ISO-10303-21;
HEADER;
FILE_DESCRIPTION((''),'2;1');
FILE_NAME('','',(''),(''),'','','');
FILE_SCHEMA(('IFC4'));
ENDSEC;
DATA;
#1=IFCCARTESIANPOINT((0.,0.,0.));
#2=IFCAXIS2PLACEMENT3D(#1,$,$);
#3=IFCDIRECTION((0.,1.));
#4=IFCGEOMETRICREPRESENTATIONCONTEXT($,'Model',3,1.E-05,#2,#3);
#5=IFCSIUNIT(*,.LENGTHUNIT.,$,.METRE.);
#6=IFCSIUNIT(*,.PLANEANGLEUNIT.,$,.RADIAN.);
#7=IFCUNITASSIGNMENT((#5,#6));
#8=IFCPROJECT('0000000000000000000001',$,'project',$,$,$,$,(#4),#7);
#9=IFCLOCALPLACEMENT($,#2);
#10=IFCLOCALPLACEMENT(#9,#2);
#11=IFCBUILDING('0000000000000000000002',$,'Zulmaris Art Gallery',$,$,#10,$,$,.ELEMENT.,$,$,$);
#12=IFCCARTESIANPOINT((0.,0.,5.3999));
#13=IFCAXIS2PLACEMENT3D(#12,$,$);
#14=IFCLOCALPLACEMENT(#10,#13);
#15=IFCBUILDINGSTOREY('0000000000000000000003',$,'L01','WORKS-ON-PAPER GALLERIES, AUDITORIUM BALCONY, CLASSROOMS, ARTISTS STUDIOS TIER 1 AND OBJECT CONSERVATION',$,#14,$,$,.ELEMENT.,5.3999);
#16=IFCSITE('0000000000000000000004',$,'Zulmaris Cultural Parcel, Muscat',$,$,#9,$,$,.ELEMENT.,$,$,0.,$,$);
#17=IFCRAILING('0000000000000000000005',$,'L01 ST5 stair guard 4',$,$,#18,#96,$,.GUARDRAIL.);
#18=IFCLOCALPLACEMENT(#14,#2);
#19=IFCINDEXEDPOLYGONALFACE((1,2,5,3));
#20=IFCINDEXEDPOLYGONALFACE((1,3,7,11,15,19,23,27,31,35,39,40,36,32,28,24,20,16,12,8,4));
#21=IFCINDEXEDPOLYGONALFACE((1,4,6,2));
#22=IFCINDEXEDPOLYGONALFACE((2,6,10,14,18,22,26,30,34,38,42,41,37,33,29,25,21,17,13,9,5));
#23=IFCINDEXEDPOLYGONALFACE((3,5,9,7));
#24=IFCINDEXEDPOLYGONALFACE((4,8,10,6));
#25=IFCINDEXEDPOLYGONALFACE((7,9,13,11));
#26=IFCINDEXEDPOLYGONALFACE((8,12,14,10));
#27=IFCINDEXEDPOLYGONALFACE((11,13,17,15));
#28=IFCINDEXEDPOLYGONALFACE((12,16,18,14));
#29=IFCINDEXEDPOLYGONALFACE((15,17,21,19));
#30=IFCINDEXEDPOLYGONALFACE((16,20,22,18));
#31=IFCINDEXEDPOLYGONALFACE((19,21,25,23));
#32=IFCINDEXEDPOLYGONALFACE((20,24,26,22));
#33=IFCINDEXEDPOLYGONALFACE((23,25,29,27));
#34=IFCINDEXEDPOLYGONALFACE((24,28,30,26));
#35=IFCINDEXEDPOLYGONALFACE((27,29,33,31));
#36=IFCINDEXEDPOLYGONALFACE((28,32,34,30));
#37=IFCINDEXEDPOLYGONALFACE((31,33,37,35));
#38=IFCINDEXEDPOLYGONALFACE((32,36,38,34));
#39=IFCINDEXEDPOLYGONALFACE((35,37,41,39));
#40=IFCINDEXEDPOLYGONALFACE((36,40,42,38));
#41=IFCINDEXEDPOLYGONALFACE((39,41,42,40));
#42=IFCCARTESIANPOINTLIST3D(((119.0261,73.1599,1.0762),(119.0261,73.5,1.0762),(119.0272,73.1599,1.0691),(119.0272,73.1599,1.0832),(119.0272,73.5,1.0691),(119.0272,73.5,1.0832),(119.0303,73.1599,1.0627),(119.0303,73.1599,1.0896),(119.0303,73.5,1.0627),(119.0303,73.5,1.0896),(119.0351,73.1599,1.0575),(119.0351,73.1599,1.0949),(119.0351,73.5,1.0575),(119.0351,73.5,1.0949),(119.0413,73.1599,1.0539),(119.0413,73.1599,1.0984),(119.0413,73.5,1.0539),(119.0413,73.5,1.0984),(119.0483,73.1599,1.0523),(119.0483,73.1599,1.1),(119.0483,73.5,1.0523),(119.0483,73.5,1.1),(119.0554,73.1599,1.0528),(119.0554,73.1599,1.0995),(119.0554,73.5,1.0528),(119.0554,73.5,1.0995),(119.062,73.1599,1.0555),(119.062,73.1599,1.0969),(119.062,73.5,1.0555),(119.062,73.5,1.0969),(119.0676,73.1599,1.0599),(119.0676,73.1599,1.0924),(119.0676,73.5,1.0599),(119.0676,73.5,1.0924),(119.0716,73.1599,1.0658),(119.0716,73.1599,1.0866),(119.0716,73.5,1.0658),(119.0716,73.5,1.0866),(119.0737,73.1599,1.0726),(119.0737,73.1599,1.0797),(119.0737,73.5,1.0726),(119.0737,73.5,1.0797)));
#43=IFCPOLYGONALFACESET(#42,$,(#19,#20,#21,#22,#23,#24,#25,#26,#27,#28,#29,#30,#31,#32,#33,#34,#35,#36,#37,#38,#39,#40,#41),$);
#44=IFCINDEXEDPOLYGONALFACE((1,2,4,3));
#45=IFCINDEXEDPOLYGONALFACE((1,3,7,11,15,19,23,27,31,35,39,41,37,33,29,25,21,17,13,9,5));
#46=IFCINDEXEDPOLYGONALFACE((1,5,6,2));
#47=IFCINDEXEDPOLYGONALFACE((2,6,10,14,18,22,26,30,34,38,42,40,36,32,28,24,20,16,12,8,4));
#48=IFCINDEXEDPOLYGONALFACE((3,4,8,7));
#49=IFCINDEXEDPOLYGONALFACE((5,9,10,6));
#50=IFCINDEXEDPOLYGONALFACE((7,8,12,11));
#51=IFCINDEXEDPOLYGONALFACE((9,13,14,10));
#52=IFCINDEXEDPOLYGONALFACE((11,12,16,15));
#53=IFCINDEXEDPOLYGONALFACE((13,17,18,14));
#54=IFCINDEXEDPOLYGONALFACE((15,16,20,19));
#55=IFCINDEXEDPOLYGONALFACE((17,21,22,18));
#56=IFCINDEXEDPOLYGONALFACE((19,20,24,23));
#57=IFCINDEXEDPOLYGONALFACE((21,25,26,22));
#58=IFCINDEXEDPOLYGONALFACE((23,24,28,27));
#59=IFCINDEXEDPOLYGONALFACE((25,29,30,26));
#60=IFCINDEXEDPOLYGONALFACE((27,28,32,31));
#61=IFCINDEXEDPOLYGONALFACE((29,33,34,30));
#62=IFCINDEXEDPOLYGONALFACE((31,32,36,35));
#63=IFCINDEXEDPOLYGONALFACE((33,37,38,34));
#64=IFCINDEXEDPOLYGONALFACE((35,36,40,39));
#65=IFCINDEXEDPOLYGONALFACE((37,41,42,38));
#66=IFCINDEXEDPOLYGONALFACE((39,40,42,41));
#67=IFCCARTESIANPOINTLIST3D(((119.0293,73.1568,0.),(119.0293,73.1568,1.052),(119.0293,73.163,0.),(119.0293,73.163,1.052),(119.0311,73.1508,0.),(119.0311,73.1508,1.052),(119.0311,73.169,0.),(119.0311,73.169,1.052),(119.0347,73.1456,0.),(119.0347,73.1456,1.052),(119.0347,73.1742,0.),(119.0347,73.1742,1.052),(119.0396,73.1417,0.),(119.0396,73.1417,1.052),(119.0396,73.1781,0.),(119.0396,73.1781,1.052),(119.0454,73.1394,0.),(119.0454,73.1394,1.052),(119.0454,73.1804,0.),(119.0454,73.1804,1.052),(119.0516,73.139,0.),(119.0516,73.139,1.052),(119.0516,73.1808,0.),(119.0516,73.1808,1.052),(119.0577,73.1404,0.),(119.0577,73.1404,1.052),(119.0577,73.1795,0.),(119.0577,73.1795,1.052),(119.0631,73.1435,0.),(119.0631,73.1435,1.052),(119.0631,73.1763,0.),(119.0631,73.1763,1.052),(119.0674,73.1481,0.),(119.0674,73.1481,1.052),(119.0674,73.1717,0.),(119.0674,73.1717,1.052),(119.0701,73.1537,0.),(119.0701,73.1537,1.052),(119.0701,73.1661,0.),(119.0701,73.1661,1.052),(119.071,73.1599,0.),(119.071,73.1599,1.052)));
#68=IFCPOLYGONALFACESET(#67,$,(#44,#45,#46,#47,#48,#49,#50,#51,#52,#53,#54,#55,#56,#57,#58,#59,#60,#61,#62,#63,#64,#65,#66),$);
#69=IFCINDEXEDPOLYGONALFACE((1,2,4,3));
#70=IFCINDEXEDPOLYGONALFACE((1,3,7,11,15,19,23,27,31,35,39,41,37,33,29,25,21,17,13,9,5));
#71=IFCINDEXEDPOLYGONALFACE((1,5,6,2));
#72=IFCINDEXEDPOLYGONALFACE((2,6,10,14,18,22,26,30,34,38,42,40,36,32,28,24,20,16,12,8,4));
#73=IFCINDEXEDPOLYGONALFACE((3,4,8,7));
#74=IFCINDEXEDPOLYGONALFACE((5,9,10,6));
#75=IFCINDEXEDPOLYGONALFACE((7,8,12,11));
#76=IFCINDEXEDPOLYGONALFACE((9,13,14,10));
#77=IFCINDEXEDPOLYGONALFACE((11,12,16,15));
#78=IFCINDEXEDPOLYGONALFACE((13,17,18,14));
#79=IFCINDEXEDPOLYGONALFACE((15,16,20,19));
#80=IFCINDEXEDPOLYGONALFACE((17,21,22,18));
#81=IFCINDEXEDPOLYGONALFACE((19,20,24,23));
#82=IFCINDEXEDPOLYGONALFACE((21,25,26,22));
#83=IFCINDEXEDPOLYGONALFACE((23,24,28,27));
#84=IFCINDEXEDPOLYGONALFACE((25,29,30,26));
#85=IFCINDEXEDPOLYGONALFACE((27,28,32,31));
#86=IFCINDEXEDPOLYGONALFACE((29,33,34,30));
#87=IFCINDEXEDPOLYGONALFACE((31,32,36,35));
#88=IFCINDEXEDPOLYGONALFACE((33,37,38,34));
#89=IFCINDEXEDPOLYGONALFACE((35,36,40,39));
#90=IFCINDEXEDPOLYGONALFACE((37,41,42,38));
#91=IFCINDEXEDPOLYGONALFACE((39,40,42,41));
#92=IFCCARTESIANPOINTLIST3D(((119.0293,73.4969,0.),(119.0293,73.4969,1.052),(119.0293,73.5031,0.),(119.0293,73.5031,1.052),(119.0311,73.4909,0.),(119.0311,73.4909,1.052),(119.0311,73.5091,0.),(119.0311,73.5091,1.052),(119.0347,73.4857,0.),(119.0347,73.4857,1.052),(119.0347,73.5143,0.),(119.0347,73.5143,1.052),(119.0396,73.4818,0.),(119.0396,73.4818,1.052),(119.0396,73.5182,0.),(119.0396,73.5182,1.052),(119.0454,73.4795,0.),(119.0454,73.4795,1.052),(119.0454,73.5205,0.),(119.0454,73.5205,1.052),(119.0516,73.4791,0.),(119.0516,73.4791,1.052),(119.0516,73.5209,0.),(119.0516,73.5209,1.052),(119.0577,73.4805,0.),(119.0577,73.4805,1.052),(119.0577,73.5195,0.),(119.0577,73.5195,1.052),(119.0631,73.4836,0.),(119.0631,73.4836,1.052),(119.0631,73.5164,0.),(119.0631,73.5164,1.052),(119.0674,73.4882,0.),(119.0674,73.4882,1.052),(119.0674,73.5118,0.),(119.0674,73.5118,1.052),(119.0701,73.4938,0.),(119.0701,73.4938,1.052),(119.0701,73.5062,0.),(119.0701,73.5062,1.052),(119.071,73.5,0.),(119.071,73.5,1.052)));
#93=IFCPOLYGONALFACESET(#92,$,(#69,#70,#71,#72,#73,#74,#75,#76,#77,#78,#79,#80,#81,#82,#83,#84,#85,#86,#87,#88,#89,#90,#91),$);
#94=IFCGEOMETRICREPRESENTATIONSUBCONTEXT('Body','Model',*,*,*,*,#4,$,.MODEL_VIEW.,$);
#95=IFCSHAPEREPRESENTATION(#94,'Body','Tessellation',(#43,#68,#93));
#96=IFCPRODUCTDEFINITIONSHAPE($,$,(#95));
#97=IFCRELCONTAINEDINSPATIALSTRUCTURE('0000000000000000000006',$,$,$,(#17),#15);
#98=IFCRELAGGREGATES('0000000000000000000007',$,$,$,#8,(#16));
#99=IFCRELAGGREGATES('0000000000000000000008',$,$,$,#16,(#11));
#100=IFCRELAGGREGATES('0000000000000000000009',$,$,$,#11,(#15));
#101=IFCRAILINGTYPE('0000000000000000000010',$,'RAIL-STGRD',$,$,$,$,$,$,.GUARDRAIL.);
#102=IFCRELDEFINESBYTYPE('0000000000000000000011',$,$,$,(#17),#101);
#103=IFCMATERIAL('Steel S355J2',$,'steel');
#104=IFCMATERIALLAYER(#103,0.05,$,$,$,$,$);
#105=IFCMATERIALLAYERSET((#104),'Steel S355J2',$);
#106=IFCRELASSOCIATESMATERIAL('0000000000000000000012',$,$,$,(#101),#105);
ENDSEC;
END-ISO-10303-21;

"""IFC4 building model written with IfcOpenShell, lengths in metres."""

from ifc_helpers import new_model, si_unit, direction, frame, origin, origin_2d, place, context, subcontext, project, spatial, circle, extrude, material, layer, layer_set, type_object, element, save


model = new_model("IFC4")

# Units and contexts
model_context = context("Model", 3, precision=1e-05, world=origin(), true_north=direction((0.0, 1.0)))
body_context = subcontext(model_context, "Body", "Model", "MODEL_VIEW")
ifc_project = project(units=[si_unit("LENGTHUNIT", "METRE"), si_unit("PLANEANGLEUNIT", "RADIAN")], contexts=[model_context])

# Site, building, storey
site_placement = place(None, origin())
site = spatial("IfcSite", under=ifc_project, at=site_placement, Name="Zulmaris Cultural Parcel, Muscat", CompositionType="ELEMENT", RefElevation=0.0)
building_placement = place(site_placement, origin())
building = spatial("IfcBuilding", under=site, at=building_placement, Name="Zulmaris Art Gallery", CompositionType="ELEMENT")
storey_placement = place(building_placement, frame((0.0, 0.0, 5.3999)))
storey = spatial("IfcBuildingStorey", under=building, at=storey_placement, Name="L01", Description="WORKS-ON-PAPER GALLERIES, AUDITORIUM BALCONY, CLASSROOMS, ARTISTS STUDIOS TIER 1 AND OBJECT CONSERVATION", CompositionType="ELEMENT", Elevation=5.3999)

# Shared definitions
ifc_material_1 = material(Name="Steel S355J2", Category="steel")

# Railing
ifc_layer_1 = layer(ifc_material_1, 0.05)
ifc_layer_set_1 = layer_set([ifc_layer_1], Name="Steel S355J2")
railing_type_1 = type_object("IfcRailingType", Name="RAIL-STGRD", PredefinedType="GUARDRAIL", material=ifc_layer_set_1)
railing_1_placement = place(storey_placement, frame((119.05, 73.1599, 0.0)))
element("IfcRailing", 1, at=railing_1_placement, inside=storey, type_object=railing_type_1, Name="L01 ST5 stair guard 4", PredefinedType="GUARDRAIL", context=body_context, shape_type="SweptSolid", body=[
    extrude(circle(Radius=0.0239, at=origin_2d()), frame((0.0, 0.0, 1.0762), z_axis=(0.0, 1.0, 0.0), x_axis=(-1.0, 0.0, 0.0)), (0.0, 0.0, 1.0), 0.3401),
    extrude(circle(Radius=0.021, at=origin_2d()), origin(), (0.0, 0.0, 1.0), 1.052),
    extrude(circle(Radius=0.021, at=origin_2d()), frame((0.0, 0.3401, 0.0)), (0.0, 0.0, 1.0), 1.052),
])

save(model, "model.ifc")
